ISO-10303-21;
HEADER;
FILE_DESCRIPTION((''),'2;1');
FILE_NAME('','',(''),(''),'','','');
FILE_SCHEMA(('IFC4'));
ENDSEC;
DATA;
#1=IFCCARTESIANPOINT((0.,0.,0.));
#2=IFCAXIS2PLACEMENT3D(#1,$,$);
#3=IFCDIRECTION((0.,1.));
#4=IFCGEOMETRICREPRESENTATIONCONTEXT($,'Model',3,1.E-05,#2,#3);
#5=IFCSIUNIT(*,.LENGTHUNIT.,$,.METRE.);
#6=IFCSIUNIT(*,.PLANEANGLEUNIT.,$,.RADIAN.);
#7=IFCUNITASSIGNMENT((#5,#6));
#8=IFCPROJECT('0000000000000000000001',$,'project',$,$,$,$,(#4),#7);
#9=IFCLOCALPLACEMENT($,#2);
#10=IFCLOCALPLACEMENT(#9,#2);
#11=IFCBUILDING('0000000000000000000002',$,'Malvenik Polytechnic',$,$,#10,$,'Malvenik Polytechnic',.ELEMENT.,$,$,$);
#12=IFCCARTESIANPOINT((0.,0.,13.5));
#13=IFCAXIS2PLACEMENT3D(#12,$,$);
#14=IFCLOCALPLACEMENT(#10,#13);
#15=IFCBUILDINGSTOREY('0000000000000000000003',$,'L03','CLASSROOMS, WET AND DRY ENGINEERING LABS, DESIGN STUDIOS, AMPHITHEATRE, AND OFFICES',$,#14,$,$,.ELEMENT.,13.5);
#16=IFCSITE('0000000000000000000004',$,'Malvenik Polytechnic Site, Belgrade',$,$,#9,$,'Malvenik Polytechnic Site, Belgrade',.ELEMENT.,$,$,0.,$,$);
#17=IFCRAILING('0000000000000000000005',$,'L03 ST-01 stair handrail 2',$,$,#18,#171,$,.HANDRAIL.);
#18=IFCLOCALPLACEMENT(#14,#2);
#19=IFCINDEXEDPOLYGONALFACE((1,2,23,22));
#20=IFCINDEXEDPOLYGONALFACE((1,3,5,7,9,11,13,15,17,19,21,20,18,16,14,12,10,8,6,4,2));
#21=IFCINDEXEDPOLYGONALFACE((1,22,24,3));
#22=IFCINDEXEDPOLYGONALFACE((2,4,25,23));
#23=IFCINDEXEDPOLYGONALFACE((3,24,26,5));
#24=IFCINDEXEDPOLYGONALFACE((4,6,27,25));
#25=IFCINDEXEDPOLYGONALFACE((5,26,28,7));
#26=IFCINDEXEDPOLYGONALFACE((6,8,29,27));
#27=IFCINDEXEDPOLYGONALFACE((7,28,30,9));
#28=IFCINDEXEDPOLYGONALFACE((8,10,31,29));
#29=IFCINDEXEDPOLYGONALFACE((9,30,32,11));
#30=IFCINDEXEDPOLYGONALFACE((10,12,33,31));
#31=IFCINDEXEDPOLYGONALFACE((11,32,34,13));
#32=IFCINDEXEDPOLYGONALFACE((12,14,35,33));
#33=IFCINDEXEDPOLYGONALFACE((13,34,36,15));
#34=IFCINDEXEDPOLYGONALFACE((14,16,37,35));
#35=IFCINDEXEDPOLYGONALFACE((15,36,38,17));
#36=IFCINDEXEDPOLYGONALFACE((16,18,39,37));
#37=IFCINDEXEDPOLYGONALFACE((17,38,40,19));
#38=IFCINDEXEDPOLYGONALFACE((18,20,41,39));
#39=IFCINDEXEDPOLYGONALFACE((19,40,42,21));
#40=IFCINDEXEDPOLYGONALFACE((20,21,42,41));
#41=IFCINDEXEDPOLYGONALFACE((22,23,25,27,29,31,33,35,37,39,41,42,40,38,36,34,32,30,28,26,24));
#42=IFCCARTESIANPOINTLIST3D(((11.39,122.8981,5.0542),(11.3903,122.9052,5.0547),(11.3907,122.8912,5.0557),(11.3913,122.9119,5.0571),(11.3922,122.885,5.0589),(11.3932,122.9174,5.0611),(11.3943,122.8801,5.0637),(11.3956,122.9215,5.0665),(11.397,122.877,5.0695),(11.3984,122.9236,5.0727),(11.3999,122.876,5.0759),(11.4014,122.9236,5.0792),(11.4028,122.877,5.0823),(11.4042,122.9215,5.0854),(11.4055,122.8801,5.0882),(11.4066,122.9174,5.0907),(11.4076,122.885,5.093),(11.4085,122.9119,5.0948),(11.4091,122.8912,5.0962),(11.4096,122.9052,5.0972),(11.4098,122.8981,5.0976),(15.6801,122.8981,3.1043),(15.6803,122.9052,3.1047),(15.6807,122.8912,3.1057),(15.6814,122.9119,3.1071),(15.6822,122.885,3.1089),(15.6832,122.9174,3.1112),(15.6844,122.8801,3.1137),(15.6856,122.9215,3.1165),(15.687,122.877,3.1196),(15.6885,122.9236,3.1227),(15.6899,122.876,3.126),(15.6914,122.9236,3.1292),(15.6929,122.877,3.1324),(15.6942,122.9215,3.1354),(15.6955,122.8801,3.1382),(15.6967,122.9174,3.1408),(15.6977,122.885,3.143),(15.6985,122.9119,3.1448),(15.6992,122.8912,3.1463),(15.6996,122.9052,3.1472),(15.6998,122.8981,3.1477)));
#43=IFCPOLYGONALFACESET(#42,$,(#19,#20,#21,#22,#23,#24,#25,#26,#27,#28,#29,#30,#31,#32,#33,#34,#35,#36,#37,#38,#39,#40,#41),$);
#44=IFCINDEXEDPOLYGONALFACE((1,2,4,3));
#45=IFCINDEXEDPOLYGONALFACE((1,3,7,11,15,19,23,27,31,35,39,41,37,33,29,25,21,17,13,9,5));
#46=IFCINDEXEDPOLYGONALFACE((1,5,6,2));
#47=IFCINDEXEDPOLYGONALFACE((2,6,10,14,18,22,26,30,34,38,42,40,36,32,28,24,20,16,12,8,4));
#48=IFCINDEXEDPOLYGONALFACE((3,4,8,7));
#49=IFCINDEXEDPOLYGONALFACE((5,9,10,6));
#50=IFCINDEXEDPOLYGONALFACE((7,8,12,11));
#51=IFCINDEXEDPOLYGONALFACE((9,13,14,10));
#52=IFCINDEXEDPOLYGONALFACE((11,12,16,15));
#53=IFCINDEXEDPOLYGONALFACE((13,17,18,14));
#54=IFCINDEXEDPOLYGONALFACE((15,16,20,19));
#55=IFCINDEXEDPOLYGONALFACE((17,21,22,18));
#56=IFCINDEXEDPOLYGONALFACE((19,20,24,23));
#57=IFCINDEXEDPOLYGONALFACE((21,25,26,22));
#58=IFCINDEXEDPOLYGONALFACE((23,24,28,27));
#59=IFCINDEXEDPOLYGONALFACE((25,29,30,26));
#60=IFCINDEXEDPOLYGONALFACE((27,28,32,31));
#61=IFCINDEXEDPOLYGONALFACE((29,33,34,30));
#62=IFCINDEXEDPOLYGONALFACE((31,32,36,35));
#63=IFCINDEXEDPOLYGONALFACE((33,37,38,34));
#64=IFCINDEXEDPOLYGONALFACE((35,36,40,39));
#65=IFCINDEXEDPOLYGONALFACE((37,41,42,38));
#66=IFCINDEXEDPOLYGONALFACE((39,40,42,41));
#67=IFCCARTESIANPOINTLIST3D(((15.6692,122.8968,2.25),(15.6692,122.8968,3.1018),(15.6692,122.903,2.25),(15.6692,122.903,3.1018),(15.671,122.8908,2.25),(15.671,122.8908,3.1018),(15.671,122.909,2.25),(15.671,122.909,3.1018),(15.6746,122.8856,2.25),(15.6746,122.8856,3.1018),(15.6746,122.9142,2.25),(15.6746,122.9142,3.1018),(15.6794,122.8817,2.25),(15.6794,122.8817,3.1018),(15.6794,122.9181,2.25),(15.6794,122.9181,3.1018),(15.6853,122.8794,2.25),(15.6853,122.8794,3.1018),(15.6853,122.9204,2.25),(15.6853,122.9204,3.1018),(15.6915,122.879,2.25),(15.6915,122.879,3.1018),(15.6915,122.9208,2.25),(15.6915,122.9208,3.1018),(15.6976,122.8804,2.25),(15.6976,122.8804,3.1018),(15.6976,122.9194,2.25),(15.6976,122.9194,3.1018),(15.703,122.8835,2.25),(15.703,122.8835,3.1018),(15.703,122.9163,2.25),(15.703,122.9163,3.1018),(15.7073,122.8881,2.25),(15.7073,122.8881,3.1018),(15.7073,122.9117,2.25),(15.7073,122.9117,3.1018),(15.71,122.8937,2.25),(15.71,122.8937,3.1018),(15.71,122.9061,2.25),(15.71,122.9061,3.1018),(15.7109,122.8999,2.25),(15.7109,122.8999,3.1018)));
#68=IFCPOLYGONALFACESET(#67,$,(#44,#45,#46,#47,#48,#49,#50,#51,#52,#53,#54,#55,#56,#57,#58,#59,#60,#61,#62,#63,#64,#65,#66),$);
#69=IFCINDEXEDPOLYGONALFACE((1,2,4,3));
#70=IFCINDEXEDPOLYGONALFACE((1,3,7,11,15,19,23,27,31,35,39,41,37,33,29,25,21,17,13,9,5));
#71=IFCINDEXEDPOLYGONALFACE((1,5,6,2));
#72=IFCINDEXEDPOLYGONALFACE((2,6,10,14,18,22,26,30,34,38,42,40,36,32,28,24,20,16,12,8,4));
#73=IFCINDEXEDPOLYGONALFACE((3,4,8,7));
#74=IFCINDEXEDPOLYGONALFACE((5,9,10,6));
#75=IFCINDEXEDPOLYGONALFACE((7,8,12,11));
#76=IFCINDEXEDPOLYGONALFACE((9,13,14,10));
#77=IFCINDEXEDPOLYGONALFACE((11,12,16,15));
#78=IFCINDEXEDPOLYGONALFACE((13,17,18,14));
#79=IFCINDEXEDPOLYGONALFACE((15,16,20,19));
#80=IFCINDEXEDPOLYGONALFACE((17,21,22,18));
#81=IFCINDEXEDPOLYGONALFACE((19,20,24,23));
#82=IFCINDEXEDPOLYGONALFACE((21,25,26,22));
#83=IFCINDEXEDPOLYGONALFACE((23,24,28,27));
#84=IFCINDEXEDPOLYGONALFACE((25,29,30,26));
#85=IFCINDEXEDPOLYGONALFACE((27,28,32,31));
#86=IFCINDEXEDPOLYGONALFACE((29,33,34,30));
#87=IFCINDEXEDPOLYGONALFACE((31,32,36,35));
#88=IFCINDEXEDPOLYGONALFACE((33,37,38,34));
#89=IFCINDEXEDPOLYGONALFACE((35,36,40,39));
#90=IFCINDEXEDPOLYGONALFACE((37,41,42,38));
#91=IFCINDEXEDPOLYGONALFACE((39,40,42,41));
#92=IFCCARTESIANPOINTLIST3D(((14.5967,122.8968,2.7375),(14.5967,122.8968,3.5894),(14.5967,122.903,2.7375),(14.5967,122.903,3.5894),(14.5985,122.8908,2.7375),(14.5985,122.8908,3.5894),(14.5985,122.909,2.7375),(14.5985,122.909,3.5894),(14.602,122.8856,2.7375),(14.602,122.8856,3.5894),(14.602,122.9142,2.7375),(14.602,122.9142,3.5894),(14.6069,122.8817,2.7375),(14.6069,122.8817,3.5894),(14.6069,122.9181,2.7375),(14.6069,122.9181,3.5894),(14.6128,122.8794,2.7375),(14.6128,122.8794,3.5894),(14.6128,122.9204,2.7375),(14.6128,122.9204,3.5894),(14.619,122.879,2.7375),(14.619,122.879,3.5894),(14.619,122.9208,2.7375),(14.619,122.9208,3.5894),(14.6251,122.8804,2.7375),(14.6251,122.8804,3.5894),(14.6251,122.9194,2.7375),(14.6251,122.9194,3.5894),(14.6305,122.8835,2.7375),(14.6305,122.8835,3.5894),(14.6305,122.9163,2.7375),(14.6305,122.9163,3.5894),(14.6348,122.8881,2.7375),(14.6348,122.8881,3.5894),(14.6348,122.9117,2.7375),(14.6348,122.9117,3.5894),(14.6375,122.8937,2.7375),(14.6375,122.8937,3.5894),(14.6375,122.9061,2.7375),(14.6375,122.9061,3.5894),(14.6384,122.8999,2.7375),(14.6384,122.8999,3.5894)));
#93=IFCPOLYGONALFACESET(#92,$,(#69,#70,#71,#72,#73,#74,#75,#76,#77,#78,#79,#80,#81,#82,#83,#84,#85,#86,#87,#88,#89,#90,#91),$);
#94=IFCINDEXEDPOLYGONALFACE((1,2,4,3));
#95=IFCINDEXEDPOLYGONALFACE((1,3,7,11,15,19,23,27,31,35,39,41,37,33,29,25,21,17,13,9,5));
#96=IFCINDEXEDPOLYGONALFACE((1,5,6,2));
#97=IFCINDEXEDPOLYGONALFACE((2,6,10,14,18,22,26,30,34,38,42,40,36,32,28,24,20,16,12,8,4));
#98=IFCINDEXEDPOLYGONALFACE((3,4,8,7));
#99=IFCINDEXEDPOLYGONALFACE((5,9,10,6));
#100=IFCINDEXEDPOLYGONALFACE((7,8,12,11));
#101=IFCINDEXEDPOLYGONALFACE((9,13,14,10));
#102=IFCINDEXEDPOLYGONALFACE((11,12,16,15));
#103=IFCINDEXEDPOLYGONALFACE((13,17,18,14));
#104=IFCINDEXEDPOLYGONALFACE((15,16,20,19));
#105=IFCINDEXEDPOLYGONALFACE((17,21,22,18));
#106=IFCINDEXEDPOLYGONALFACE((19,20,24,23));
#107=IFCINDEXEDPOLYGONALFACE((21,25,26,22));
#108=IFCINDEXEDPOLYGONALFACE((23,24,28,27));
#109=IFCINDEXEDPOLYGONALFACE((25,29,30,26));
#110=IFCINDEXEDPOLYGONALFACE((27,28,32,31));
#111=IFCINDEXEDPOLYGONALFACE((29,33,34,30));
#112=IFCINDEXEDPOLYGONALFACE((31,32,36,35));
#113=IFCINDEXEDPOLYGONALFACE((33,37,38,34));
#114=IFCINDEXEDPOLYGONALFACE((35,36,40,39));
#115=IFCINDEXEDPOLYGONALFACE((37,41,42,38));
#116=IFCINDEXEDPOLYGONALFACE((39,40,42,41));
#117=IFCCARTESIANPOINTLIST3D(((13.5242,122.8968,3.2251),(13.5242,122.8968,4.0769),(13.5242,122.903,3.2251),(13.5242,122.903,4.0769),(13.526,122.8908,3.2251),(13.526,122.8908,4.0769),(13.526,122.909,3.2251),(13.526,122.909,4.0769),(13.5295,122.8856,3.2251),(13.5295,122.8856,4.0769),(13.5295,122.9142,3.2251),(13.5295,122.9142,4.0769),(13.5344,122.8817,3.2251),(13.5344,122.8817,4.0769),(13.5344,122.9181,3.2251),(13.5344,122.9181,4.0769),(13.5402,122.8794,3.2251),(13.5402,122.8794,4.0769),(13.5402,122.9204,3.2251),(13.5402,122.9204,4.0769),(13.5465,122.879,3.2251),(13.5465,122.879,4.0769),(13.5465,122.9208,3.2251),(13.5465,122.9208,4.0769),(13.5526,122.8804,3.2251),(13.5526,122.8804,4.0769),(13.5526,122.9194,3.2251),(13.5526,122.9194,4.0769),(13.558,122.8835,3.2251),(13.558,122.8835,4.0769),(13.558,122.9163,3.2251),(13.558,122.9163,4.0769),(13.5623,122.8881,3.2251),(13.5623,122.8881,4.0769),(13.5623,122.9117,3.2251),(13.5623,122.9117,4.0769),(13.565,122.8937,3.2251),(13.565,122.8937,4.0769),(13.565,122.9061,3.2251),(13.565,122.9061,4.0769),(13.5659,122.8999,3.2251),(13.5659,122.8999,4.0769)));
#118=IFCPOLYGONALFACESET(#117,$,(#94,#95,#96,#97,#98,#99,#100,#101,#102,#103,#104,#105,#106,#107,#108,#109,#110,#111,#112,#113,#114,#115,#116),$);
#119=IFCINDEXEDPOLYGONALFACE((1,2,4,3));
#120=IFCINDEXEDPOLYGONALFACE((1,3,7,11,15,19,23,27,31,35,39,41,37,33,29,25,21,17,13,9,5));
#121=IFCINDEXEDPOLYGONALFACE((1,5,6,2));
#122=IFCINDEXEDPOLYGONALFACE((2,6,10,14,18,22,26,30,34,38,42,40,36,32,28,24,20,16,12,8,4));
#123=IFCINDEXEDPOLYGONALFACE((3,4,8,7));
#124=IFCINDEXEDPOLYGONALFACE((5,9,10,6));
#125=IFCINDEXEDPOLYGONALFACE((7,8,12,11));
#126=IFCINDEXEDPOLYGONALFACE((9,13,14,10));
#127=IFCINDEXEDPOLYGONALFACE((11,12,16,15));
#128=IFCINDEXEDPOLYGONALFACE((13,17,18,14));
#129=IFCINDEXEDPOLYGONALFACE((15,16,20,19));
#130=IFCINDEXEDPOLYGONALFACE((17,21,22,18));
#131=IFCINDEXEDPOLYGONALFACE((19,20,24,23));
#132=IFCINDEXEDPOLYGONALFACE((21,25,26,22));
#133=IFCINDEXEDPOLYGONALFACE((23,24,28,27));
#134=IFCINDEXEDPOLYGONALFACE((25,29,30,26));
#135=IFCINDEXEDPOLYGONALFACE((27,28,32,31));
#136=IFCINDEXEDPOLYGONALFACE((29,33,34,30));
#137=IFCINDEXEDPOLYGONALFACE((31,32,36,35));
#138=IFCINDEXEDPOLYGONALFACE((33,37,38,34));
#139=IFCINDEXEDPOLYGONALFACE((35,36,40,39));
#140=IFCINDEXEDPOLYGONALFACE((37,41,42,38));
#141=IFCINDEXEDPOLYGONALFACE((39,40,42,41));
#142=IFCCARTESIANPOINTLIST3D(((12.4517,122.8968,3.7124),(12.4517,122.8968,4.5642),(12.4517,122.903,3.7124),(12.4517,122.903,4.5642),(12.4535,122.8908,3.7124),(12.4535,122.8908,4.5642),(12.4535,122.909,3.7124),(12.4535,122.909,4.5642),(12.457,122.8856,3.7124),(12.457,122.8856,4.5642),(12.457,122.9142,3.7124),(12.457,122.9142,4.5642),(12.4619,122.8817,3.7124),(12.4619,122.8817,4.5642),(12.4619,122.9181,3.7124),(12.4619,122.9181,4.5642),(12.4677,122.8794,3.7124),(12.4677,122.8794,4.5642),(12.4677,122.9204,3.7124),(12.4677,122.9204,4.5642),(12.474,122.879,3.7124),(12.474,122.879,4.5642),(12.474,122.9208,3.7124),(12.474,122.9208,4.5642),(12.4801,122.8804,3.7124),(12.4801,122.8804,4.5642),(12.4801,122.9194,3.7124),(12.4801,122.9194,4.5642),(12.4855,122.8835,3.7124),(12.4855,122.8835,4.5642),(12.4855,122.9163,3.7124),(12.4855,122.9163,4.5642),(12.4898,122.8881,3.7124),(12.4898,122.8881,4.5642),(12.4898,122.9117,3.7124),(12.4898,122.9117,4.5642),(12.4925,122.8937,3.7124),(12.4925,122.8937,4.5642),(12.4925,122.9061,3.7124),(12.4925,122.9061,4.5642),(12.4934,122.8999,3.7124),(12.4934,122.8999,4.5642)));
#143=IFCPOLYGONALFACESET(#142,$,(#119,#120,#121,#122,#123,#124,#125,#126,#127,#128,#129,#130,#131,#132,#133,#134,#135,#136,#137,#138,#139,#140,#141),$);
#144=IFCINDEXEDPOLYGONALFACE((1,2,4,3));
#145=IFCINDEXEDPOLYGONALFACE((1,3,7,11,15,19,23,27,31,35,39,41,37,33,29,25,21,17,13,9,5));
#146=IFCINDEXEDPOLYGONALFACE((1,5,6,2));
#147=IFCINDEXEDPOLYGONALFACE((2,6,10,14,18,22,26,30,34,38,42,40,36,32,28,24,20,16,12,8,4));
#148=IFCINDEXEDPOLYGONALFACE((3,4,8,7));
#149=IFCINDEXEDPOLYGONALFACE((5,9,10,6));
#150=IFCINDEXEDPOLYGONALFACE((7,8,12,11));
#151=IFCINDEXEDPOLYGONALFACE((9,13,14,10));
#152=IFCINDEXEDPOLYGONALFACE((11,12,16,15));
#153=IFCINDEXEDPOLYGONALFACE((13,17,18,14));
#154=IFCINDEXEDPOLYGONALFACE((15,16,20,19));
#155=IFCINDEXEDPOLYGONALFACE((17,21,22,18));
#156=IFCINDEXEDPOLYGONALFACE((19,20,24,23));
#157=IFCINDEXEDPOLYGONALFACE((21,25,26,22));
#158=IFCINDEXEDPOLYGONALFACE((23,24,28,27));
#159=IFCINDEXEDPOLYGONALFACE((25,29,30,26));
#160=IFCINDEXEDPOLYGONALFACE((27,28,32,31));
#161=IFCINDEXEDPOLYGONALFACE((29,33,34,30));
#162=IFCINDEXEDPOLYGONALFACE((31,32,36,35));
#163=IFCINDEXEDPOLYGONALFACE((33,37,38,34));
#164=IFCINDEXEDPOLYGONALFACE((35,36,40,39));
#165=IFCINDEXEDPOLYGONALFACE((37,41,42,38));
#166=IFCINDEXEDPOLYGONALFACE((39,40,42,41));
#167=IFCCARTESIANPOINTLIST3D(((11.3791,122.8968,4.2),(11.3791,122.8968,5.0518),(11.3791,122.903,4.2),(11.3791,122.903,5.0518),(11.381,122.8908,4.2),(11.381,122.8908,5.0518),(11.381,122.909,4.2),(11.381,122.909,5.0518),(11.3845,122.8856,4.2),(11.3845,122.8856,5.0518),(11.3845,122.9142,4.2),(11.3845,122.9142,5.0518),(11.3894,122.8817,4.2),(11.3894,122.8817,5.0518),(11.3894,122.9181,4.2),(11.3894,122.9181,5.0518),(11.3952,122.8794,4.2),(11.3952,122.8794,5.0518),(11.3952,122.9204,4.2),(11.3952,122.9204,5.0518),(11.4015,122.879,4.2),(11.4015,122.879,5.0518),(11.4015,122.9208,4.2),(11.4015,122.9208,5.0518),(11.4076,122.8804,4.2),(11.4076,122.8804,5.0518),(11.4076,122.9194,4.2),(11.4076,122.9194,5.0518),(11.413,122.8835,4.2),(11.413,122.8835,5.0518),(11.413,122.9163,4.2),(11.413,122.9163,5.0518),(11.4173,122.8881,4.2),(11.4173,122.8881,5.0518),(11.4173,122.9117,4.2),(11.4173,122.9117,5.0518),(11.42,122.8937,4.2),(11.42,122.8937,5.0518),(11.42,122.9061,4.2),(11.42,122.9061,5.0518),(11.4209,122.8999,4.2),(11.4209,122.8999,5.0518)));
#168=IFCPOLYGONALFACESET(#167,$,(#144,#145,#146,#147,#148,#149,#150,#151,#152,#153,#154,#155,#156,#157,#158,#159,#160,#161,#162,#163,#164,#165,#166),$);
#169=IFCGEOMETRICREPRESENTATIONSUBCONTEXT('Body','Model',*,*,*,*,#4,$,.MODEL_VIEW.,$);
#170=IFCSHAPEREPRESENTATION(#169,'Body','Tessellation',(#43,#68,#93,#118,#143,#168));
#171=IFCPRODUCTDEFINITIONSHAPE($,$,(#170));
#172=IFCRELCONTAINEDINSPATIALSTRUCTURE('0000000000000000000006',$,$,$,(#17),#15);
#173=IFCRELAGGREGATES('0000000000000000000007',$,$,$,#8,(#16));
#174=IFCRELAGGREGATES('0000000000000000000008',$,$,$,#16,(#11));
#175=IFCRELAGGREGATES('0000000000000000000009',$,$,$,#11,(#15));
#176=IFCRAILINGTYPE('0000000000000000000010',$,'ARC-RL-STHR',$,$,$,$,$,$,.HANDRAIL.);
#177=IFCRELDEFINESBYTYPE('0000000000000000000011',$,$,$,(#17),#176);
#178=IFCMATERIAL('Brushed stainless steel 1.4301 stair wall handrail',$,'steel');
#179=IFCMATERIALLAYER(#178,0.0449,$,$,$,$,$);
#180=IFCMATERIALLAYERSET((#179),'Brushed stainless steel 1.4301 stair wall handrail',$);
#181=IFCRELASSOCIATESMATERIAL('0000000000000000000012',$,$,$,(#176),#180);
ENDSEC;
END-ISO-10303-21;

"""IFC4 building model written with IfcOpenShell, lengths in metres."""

from ifc_helpers import new_model, si_unit, direction, frame, origin, origin_2d, place, context, subcontext, project, spatial, circle, extrude, material, layer, layer_set, type_object, element, save


model = new_model("IFC4")

# Units and contexts
model_context = context("Model", 3, precision=1e-05, world=origin(), true_north=direction((0.0, 1.0)))
body_context = subcontext(model_context, "Body", "Model", "MODEL_VIEW")
ifc_project = project(units=[si_unit("LENGTHUNIT", "METRE"), si_unit("PLANEANGLEUNIT", "RADIAN")], contexts=[model_context])

# Site, building, storey
site_placement = place(None, origin())
site = spatial("IfcSite", under=ifc_project, at=site_placement, Name="Malvenik Polytechnic Site, Belgrade", LongName="Malvenik Polytechnic Site, Belgrade", CompositionType="ELEMENT", RefElevation=0.0)
building_placement = place(site_placement, origin())
building = spatial("IfcBuilding", under=site, at=building_placement, Name="Malvenik Polytechnic", LongName="Malvenik Polytechnic", CompositionType="ELEMENT")
storey_placement = place(building_placement, frame((0.0, 0.0, 13.5)))
storey = spatial("IfcBuildingStorey", under=building, at=storey_placement, Name="L03", Description="CLASSROOMS, WET AND DRY ENGINEERING LABS, DESIGN STUDIOS, AMPHITHEATRE, AND OFFICES", CompositionType="ELEMENT", Elevation=13.5)

# Railing
ifc_material_1 = material(Name="Brushed stainless steel 1.4301 stair wall handrail", Category="steel")
ifc_layer_1 = layer(ifc_material_1, 0.0449)
ifc_layer_set_1 = layer_set([ifc_layer_1], Name="Brushed stainless steel 1.4301 stair wall handrail")
railing_type_1 = type_object("IfcRailingType", Name="ARC-RL-STHR", PredefinedType="HANDRAIL", material=ifc_layer_set_1)
railing_1_placement = place(storey_placement, frame((15.6899, 122.8999, 2.25)))
element("IfcRailing", 1, at=railing_1_placement, inside=storey, type_object=railing_type_1, Name="L03 ST-01 stair handrail 2", PredefinedType="HANDRAIL", context=body_context, shape_type="SweptSolid", body=[
    extrude(circle(Radius=0.0239, at=origin_2d()), frame((0.0, 0.0, 0.876), z_axis=(-0.910372, 0.0, 0.413791), x_axis=(0.0, -1.0, 0.0)), (0.0, 0.0, 1.0), 4.7124),
    extrude(circle(Radius=0.021, at=origin_2d()), origin(), (0.0, 0.0, 1.0), 0.8518),
    extrude(circle(Radius=0.021, at=origin_2d()), frame((-1.0725, 0.0, 0.4875)), (0.0, 0.0, 1.0), 0.8518),
    extrude(circle(Radius=0.021, at=origin_2d()), frame((-2.145, 0.0, 0.9751)), (0.0, 0.0, 1.0), 0.8518),
    extrude(circle(Radius=0.021, at=origin_2d()), frame((-3.2175, 0.0, 1.4624)), (0.0, 0.0, 1.0), 0.8518),
    extrude(circle(Radius=0.021, at=origin_2d()), frame((-4.29, 0.0, 1.95)), (0.0, 0.0, 1.0), 0.8518),
])

save(model, "model.ifc")
